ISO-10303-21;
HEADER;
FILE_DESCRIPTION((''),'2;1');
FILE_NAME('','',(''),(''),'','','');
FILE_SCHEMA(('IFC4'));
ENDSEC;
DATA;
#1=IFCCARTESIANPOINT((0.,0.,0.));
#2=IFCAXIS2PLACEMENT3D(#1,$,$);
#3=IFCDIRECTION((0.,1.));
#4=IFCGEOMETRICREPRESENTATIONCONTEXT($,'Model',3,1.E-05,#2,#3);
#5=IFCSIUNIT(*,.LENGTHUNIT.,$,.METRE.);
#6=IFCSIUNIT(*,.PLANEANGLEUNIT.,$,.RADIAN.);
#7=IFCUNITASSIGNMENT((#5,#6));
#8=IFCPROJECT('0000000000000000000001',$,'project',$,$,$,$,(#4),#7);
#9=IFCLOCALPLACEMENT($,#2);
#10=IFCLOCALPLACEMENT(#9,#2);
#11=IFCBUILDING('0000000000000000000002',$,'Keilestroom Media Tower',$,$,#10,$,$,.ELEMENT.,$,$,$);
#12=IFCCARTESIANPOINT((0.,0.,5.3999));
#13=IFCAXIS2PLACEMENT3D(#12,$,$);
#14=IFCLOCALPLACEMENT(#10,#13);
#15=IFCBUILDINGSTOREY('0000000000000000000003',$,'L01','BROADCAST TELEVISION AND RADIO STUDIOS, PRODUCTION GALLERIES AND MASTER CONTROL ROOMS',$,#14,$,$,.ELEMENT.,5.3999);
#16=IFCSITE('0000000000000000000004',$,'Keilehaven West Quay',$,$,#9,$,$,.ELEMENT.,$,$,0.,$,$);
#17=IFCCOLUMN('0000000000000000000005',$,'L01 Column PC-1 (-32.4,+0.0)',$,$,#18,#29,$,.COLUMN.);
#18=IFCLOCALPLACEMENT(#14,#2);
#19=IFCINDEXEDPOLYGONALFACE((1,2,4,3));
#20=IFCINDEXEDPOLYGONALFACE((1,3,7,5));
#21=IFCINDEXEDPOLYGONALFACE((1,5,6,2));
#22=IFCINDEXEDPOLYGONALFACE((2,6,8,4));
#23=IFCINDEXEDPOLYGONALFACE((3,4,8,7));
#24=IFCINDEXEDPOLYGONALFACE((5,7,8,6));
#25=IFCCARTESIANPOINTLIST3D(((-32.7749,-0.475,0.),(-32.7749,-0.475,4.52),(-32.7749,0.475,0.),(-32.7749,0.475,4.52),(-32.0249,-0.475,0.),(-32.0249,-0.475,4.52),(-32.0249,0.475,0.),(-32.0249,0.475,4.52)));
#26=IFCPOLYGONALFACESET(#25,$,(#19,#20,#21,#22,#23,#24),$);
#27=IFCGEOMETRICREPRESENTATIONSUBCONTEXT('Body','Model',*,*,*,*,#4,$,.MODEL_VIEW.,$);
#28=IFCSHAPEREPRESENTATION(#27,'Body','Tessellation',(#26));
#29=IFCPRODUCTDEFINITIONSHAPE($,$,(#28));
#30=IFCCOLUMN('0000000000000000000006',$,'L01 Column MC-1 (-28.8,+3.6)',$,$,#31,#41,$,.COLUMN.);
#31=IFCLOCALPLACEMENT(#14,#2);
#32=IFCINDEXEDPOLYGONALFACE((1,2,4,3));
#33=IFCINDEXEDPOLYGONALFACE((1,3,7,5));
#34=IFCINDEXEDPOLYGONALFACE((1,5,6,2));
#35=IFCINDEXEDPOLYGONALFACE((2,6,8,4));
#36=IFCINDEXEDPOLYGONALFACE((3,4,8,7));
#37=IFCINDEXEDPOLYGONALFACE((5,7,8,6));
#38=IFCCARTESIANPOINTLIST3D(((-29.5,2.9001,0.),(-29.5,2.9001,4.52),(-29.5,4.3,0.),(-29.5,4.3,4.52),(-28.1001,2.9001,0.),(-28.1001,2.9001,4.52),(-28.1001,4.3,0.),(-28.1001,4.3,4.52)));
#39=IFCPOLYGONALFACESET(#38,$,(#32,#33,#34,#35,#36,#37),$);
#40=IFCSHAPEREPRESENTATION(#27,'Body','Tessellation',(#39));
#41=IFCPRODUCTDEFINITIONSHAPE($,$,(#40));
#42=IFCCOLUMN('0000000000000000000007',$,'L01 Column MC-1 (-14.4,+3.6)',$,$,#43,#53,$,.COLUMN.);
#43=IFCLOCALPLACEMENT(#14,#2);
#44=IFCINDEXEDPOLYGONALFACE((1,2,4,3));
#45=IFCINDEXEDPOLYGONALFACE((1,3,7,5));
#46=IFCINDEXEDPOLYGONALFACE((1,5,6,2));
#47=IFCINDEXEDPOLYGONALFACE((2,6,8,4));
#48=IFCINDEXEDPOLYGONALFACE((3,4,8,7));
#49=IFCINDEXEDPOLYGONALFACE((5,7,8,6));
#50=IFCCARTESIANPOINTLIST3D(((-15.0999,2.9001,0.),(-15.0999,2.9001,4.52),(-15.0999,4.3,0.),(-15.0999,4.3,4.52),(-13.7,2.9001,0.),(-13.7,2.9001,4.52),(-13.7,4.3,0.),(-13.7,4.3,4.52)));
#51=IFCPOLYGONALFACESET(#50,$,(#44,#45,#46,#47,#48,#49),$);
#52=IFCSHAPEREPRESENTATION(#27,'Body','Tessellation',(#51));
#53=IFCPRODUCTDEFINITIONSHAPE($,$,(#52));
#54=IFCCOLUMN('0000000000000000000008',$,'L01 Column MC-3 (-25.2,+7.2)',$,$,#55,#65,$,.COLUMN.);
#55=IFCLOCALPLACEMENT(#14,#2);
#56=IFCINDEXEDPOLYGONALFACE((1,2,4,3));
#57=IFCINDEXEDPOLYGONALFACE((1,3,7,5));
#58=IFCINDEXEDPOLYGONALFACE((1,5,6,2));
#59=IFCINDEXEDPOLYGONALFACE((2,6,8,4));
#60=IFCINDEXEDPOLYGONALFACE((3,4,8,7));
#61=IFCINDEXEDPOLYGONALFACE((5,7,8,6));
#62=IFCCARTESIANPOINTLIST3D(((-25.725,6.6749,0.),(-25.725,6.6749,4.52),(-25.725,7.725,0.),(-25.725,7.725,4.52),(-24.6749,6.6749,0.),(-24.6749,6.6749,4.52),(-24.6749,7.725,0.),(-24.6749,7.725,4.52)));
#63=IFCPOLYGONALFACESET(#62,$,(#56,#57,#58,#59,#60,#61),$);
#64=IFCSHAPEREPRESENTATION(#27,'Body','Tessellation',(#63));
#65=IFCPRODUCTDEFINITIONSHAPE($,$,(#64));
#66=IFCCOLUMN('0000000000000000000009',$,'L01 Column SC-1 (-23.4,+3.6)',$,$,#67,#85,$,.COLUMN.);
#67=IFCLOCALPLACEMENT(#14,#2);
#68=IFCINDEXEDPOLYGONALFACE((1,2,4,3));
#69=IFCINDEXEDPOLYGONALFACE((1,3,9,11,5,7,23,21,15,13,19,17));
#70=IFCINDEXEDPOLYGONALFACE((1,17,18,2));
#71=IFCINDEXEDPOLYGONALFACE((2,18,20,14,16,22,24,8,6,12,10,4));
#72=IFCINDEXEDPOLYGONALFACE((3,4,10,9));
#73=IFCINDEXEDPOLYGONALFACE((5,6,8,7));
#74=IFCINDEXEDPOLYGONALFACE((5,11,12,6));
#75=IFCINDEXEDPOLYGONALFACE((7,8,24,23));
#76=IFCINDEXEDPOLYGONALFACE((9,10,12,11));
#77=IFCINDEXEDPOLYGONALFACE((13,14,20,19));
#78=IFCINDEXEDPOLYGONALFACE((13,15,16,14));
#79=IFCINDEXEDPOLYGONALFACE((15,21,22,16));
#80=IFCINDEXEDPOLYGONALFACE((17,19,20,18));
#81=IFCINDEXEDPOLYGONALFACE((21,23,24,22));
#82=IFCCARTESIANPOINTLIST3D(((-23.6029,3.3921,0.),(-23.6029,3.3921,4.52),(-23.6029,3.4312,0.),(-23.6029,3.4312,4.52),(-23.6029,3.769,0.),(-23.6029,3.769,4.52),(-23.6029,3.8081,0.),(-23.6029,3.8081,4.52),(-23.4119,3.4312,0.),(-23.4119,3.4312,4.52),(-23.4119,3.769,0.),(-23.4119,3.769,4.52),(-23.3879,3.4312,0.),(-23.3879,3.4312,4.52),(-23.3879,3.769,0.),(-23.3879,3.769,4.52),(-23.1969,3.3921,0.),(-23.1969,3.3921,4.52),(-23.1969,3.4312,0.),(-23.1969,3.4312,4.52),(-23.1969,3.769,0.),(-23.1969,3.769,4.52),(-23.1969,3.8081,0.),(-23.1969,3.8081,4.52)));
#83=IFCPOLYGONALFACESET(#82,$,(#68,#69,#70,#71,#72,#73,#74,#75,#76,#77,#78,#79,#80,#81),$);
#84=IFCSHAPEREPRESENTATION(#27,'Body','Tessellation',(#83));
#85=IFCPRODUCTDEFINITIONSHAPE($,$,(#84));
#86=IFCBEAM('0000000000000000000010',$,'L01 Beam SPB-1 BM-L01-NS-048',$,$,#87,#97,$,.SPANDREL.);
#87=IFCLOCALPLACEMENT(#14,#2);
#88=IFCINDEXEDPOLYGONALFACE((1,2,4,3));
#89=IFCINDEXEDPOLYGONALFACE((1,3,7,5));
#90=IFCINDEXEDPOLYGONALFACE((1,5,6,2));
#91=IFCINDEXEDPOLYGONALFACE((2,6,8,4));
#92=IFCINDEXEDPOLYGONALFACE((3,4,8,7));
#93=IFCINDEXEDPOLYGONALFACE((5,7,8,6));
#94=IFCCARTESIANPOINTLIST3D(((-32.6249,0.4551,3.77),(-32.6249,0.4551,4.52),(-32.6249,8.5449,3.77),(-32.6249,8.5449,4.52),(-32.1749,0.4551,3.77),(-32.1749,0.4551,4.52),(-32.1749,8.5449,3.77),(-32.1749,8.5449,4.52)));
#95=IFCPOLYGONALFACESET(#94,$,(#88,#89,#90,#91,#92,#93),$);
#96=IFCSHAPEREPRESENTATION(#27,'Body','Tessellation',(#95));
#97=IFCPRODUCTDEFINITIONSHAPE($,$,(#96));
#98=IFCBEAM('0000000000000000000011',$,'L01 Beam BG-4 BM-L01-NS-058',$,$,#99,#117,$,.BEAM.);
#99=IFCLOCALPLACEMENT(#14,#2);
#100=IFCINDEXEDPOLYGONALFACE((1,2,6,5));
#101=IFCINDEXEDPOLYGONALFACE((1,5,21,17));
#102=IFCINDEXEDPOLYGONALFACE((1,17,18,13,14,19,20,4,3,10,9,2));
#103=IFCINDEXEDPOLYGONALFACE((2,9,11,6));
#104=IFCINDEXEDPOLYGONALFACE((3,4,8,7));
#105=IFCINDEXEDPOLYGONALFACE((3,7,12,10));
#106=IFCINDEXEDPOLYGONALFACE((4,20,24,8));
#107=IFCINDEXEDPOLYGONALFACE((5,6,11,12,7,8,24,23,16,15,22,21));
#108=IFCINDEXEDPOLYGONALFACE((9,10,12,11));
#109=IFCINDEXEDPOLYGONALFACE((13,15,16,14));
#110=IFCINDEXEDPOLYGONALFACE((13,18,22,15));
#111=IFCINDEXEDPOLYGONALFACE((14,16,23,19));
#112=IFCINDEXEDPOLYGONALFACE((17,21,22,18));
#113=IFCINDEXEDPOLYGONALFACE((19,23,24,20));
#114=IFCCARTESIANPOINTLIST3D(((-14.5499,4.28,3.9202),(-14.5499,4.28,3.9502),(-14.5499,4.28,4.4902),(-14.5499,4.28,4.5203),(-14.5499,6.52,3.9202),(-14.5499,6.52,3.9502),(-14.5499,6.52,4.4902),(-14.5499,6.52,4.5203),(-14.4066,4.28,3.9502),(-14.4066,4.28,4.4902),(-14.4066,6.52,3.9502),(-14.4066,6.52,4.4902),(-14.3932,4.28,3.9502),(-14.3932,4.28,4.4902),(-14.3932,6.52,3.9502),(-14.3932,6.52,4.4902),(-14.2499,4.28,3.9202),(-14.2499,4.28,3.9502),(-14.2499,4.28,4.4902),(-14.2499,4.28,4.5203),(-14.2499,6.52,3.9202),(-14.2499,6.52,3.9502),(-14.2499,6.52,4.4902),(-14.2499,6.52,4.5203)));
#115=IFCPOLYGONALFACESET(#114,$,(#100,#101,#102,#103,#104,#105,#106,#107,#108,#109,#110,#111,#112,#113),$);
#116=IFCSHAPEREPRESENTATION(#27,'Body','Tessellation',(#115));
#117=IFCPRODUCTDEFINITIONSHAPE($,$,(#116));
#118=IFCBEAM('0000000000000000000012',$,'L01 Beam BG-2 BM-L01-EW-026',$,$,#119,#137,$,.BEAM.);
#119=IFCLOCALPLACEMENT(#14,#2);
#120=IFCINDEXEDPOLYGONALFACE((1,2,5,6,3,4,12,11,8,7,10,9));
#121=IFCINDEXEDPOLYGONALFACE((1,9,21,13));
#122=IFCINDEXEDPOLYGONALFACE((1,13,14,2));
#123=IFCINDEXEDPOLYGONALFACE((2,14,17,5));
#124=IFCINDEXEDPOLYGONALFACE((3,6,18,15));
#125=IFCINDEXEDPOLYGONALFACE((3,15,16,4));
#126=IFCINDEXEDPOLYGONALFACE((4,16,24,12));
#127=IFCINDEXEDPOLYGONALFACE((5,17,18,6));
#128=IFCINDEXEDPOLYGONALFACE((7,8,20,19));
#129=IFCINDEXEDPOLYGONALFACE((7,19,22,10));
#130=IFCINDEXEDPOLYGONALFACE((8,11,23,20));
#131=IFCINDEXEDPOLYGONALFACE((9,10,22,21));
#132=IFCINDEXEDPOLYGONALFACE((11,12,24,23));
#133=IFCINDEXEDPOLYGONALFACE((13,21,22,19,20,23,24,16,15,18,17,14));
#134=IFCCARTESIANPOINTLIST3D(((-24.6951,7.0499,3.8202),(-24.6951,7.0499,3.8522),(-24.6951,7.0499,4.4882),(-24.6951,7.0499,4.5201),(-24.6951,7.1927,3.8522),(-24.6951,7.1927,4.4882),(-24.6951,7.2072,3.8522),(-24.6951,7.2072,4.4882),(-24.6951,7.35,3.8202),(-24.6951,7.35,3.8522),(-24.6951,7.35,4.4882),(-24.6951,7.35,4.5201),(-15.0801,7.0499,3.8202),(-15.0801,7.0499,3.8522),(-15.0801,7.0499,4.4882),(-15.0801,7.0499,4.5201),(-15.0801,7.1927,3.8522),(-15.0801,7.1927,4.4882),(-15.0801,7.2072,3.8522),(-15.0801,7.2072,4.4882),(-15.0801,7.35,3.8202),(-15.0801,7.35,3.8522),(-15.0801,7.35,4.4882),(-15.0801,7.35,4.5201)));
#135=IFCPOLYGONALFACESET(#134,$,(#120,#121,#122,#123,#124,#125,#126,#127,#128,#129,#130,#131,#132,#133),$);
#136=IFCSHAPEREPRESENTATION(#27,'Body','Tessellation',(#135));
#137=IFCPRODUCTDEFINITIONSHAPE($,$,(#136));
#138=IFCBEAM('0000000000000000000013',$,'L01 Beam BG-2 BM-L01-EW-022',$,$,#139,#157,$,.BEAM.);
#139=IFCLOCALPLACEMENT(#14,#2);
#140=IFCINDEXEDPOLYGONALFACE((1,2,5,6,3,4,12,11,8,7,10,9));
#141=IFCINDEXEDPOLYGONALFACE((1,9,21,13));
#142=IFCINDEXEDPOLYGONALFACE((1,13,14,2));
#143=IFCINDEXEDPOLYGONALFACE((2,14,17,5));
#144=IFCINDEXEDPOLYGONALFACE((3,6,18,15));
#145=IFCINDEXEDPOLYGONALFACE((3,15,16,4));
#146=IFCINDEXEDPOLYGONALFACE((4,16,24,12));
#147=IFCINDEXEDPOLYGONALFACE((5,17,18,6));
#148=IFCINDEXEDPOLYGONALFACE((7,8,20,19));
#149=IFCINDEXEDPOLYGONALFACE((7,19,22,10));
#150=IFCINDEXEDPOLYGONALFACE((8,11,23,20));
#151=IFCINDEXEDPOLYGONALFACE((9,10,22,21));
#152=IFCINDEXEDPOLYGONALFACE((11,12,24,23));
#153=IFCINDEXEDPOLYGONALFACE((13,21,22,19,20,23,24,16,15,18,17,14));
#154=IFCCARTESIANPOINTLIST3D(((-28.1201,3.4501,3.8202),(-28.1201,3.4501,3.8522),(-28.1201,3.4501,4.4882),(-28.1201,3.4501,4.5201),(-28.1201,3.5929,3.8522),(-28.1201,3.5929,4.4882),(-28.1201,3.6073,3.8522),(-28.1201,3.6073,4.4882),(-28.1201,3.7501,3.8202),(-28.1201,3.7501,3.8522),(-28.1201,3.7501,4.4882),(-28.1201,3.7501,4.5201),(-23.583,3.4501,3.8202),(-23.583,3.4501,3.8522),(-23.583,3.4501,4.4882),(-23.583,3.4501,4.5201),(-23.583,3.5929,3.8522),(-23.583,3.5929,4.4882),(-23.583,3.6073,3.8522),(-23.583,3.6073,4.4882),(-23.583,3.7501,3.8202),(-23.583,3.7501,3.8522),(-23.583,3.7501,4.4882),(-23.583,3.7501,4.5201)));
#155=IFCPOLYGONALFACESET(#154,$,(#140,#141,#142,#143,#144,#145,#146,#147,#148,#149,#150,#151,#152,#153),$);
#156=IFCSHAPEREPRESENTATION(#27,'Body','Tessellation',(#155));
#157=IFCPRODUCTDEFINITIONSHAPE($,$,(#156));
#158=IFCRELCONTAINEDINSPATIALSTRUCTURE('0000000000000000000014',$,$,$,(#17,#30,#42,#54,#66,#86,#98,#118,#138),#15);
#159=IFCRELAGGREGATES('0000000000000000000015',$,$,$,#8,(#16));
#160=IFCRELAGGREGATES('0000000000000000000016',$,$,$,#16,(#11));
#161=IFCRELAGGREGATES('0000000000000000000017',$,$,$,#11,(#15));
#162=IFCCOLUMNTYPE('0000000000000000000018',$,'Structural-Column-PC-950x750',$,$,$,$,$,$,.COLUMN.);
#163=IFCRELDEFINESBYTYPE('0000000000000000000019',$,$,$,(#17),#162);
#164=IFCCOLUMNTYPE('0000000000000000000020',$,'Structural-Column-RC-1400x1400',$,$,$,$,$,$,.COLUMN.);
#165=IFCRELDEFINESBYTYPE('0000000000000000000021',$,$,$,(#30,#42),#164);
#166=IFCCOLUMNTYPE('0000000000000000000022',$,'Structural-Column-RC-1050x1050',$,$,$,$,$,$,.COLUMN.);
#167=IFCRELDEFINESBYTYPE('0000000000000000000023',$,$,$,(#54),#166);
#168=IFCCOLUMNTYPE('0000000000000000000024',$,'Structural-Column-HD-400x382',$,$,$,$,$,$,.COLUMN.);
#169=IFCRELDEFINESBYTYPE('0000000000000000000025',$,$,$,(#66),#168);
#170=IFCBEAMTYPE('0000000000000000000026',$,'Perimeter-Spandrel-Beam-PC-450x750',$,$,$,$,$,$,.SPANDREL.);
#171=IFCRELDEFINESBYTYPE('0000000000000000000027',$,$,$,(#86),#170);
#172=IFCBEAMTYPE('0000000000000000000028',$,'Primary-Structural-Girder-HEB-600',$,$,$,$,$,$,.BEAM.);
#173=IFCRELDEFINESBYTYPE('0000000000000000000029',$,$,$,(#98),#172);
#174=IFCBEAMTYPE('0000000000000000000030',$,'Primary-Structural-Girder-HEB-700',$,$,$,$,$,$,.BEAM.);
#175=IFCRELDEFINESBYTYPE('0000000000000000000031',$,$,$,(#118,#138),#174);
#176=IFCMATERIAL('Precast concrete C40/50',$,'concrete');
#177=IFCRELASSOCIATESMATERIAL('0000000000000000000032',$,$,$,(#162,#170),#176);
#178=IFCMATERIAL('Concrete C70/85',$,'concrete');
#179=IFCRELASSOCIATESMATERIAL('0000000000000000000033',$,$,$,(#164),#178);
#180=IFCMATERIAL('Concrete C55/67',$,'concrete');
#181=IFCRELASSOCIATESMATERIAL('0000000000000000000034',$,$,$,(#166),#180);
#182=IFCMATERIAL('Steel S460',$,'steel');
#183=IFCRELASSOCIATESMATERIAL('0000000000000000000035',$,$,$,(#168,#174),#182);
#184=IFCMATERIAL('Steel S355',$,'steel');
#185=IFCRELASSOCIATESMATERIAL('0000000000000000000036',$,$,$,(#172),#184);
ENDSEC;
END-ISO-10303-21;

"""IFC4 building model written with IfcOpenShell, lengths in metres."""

from ifc_helpers import new_model, si_unit, direction, frame, origin, origin_2d, place, context, subcontext, project, spatial, rectangle, i_section, extrude, source, transform, mapped, material, material_profile, profile_set, type_object, element, save


model = new_model("IFC4")

# Units and contexts
model_context = context("Model", 3, precision=1e-05, world=origin(), true_north=direction((0.0, 1.0)))
body_context = subcontext(model_context, "Body", "Model", "MODEL_VIEW")
ifc_project = project(units=[si_unit("LENGTHUNIT", "METRE"), si_unit("PLANEANGLEUNIT", "RADIAN")], contexts=[model_context])

# Site, building, storey
site_placement = place(None, origin())
site = spatial("IfcSite", under=ifc_project, at=site_placement, Name="Keilehaven West Quay", CompositionType="ELEMENT", RefElevation=0.0)
building_placement = place(site_placement, origin())
building = spatial("IfcBuilding", under=site, at=building_placement, Name="Keilestroom Media Tower", CompositionType="ELEMENT")
storey_placement = place(building_placement, frame((0.0, 0.0, 5.3999)))
storey = spatial("IfcBuildingStorey", under=building, at=storey_placement, Name="L01", Description="BROADCAST TELEVISION AND RADIO STUDIOS, PRODUCTION GALLERIES AND MASTER CONTROL ROOMS", CompositionType="ELEMENT", Elevation=5.3999)

# Columns
ifc_material_1 = material(Name="Precast concrete C40/50", Category="concrete")
ifc_material_profile_1 = material_profile(ifc_material_1, rectangle(XDim=0.75, YDim=0.95, at=origin_2d()), Name="PC 950x750")
ifc_profile_set_1 = profile_set([ifc_material_profile_1], Name="Precast concrete C40/50")
column_type_1 = type_object("IfcColumnType", Name="Structural-Column-PC-950x750", PredefinedType="COLUMN", material=ifc_profile_set_1)
shared_shape_1 = source(origin(), body_context, "Body", "SweptSolid", [
    extrude(rectangle(XDim=0.75, YDim=0.95, at=origin_2d()), origin(), (0.0, 0.0, 1.0), 4.52),
])
column_1_placement = place(storey_placement, frame((-32.3999, 0.0, 0.0), z_axis=(0.0, 0.0, 1.0), x_axis=(1.0, 0.0, 0.0)))
element("IfcColumn", 1, at=column_1_placement, inside=storey, type_object=column_type_1, Name="L01 Column PC-1 (-32.4,+0.0)", PredefinedType="COLUMN", context=body_context, shape_type="MappedRepresentation", body=[
    mapped(shared_shape_1, transform((0.0, 0.0, 0.0), x_axis=(1.0, 0.0, 0.0), y_axis=(0.0, 1.0, 0.0), z_axis=(0.0, 0.0, 1.0), scale=1.0)),
])
ifc_material_2 = material(Name="Concrete C70/85", Category="concrete")
ifc_material_profile_2 = material_profile(ifc_material_2, rectangle(XDim=1.3999, YDim=1.3999, at=origin_2d()), Name="RC 1400x1400")
ifc_profile_set_2 = profile_set([ifc_material_profile_2], Name="Concrete C70/85")
column_type_2 = type_object("IfcColumnType", Name="Structural-Column-RC-1400x1400", PredefinedType="COLUMN", material=ifc_profile_set_2)
shared_shape_2 = source(origin(), body_context, "Body", "SweptSolid", [
    extrude(rectangle(XDim=1.3999, YDim=1.3999, at=origin_2d()), origin(), (0.0, 0.0, 1.0), 4.52),
])
for number, where, z_axis, x_axis, name in (
    (2, (-28.8, 3.6001, 0.0), (0.0, 0.0, 1.0), (1.0, 0.0, 0.0), "L01 Column MC-1 (-28.8,+3.6)"),
    (3, (-14.3999, 3.6001, 0.0), (0.0, 0.0, 1.0), (1.0, 0.0, 0.0), "L01 Column MC-1 (-14.4,+3.6)"),
):
    element("IfcColumn", number, at=place(storey_placement, frame(where, z_axis=z_axis, x_axis=x_axis)), inside=storey, type_object=column_type_2, Name=name, PredefinedType="COLUMN", context=body_context, shape_type="MappedRepresentation", body=[
        mapped(shared_shape_2, transform((0.0, 0.0, 0.0), x_axis=(1.0, 0.0, 0.0), y_axis=(0.0, 1.0, 0.0), z_axis=(0.0, 0.0, 1.0), scale=1.0)),
    ])
ifc_material_3 = material(Name="Concrete C55/67", Category="concrete")
ifc_material_profile_3 = material_profile(ifc_material_3, rectangle(XDim=1.05, YDim=1.05, at=origin_2d()), Name="RC 1050x1050")
ifc_profile_set_3 = profile_set([ifc_material_profile_3], Name="Concrete C55/67")
column_type_3 = type_object("IfcColumnType", Name="Structural-Column-RC-1050x1050", PredefinedType="COLUMN", material=ifc_profile_set_3)
shared_shape_3 = source(origin(), body_context, "Body", "SweptSolid", [
    extrude(rectangle(XDim=1.05, YDim=1.05, at=origin_2d()), origin(), (0.0, 0.0, 1.0), 4.52),
])
column_2_placement = place(storey_placement, frame((-25.2, 7.2, 0.0), z_axis=(0.0, 0.0, 1.0), x_axis=(1.0, 0.0, 0.0)))
element("IfcColumn", 4, at=column_2_placement, inside=storey, type_object=column_type_3, Name="L01 Column MC-3 (-25.2,+7.2)", PredefinedType="COLUMN", context=body_context, shape_type="MappedRepresentation", body=[
    mapped(shared_shape_3, transform((0.0, 0.0, 0.0), x_axis=(1.0, 0.0, 0.0), y_axis=(0.0, 1.0, 0.0), z_axis=(0.0, 0.0, 1.0), scale=1.0)),
])
ifc_material_4 = material(Name="Steel S460", Category="steel")
ifc_material_profile_4 = material_profile(ifc_material_4, i_section(OverallWidth=0.406, OverallDepth=0.416, WebThickness=0.0239, FlangeThickness=0.0391, at=origin_2d()), Name="HD 400x382")
ifc_profile_set_4 = profile_set([ifc_material_profile_4], Name="Steel S460")
column_type_4 = type_object("IfcColumnType", Name="Structural-Column-HD-400x382", PredefinedType="COLUMN", material=ifc_profile_set_4)
shared_shape_4 = source(origin(), body_context, "Body", "SweptSolid", [
    extrude(i_section(OverallWidth=0.406, OverallDepth=0.416, WebThickness=0.0239, FlangeThickness=0.0391, at=origin_2d()), origin(), (0.0, 0.0, 1.0), 4.52),
])
column_3_placement = place(storey_placement, frame((-23.3999, 3.6001, 0.0), z_axis=(0.0, 0.0, 1.0), x_axis=(1.0, 0.0, 0.0)))
element("IfcColumn", 5, at=column_3_placement, inside=storey, type_object=column_type_4, Name="L01 Column SC-1 (-23.4,+3.6)", PredefinedType="COLUMN", context=body_context, shape_type="MappedRepresentation", body=[
    mapped(shared_shape_4, transform((0.0, 0.0, 0.0), x_axis=(1.0, 0.0, 0.0), y_axis=(0.0, 1.0, 0.0), z_axis=(0.0, 0.0, 1.0), scale=1.0)),
])

# Beams
ifc_material_profile_5 = material_profile(ifc_material_1, rectangle(XDim=0.45, YDim=0.75, at=origin_2d()), Name="PC 450x750")
ifc_profile_set_5 = profile_set([ifc_material_profile_5], Name="Precast concrete C40/50")
beam_type_1 = type_object("IfcBeamType", Name="Perimeter-Spandrel-Beam-PC-450x750", PredefinedType="SPANDREL", material=ifc_profile_set_5)
shared_shape_5 = source(origin(), body_context, "Body", "SweptSolid", [
    extrude(rectangle(XDim=0.45, YDim=0.75, at=origin_2d()), origin(), (0.0, 0.0, 1.0), 8.0898),
])
beam_1_placement = place(storey_placement, frame((-32.3999, 0.4551, 4.145), z_axis=(0.0, 1.0, 0.0), x_axis=(-1.0, 0.0, 0.0)))
element("IfcBeam", 6, at=beam_1_placement, inside=storey, type_object=beam_type_1, Name="L01 Beam SPB-1 BM-L01-NS-048", PredefinedType="SPANDREL", context=body_context, shape_type="MappedRepresentation", body=[
    mapped(shared_shape_5, transform((0.0, 0.0, 0.0), x_axis=(1.0, 0.0, 0.0), y_axis=(0.0, 1.0, 0.0), z_axis=(0.0, 0.0, 1.0), scale=1.0)),
])
ifc_material_5 = material(Name="Steel S355", Category="steel")
ifc_material_profile_6 = material_profile(ifc_material_5, i_section(OverallWidth=0.3, OverallDepth=0.6001, WebThickness=0.0134, FlangeThickness=0.03, at=origin_2d()), Name="HEB 600")
ifc_profile_set_6 = profile_set([ifc_material_profile_6], Name="Steel S355")
beam_type_2 = type_object("IfcBeamType", Name="Primary-Structural-Girder-HEB-600", PredefinedType="BEAM", material=ifc_profile_set_6)
shared_shape_6 = source(origin(), body_context, "Body", "SweptSolid", [
    extrude(i_section(OverallWidth=0.3, OverallDepth=0.6001, WebThickness=0.0134, FlangeThickness=0.03, at=origin_2d()), origin(), (0.0, 0.0, 1.0), 2.24),
])
beam_2_placement = place(storey_placement, frame((-14.3999, 4.28, 4.2202), z_axis=(0.0, 1.0, 0.0), x_axis=(-1.0, 0.0, 0.0)))
element("IfcBeam", 7, at=beam_2_placement, inside=storey, type_object=beam_type_2, Name="L01 Beam BG-4 BM-L01-NS-058", PredefinedType="BEAM", context=body_context, shape_type="MappedRepresentation", body=[
    mapped(shared_shape_6, transform((0.0, 0.0, 0.0), x_axis=(1.0, 0.0, 0.0), y_axis=(0.0, 1.0, 0.0), z_axis=(0.0, 0.0, 1.0), scale=1.0)),
])
ifc_material_profile_7 = material_profile(ifc_material_4, i_section(OverallWidth=0.3, OverallDepth=0.7, WebThickness=0.0144, FlangeThickness=0.032, at=origin_2d()), Name="HEB 700")
ifc_profile_set_7 = profile_set([ifc_material_profile_7], Name="Steel S460")
beam_type_3 = type_object("IfcBeamType", Name="Primary-Structural-Girder-HEB-700", PredefinedType="BEAM", material=ifc_profile_set_7)
shared_shape_7 = source(origin(), body_context, "Body", "SweptSolid", [
    extrude(i_section(OverallWidth=0.3, OverallDepth=0.7, WebThickness=0.0144, FlangeThickness=0.032, at=origin_2d()), origin(), (0.0, 0.0, 1.0), 9.615),
])
beam_3_placement = place(storey_placement, frame((-24.6951, 7.2, 4.1702), z_axis=(1.0, 0.0, 0.0), x_axis=(0.0, 1.0, 0.0)))
element("IfcBeam", 8, at=beam_3_placement, inside=storey, type_object=beam_type_3, Name="L01 Beam BG-2 BM-L01-EW-026", PredefinedType="BEAM", context=body_context, shape_type="MappedRepresentation", body=[
    mapped(shared_shape_7, transform((0.0, 0.0, 0.0), x_axis=(1.0, 0.0, 0.0), y_axis=(0.0, 1.0, 0.0), z_axis=(0.0, 0.0, 1.0), scale=1.0)),
])
shared_shape_8 = source(origin(), body_context, "Body", "SweptSolid", [
    extrude(i_section(OverallWidth=0.3, OverallDepth=0.7, WebThickness=0.0144, FlangeThickness=0.032, at=origin_2d()), origin(), (0.0, 0.0, 1.0), 4.5371),
])
beam_4_placement = place(storey_placement, frame((-28.1201, 3.6001, 4.1702), z_axis=(1.0, 0.0, 0.0), x_axis=(0.0, 1.0, 0.0)))
element("IfcBeam", 9, at=beam_4_placement, inside=storey, type_object=beam_type_3, Name="L01 Beam BG-2 BM-L01-EW-022", PredefinedType="BEAM", context=body_context, shape_type="MappedRepresentation", body=[
    mapped(shared_shape_8, transform((0.0, 0.0, 0.0), x_axis=(1.0, 0.0, 0.0), y_axis=(0.0, 1.0, 0.0), z_axis=(0.0, 0.0, 1.0), scale=1.0)),
])

save(model, "model.ifc")
